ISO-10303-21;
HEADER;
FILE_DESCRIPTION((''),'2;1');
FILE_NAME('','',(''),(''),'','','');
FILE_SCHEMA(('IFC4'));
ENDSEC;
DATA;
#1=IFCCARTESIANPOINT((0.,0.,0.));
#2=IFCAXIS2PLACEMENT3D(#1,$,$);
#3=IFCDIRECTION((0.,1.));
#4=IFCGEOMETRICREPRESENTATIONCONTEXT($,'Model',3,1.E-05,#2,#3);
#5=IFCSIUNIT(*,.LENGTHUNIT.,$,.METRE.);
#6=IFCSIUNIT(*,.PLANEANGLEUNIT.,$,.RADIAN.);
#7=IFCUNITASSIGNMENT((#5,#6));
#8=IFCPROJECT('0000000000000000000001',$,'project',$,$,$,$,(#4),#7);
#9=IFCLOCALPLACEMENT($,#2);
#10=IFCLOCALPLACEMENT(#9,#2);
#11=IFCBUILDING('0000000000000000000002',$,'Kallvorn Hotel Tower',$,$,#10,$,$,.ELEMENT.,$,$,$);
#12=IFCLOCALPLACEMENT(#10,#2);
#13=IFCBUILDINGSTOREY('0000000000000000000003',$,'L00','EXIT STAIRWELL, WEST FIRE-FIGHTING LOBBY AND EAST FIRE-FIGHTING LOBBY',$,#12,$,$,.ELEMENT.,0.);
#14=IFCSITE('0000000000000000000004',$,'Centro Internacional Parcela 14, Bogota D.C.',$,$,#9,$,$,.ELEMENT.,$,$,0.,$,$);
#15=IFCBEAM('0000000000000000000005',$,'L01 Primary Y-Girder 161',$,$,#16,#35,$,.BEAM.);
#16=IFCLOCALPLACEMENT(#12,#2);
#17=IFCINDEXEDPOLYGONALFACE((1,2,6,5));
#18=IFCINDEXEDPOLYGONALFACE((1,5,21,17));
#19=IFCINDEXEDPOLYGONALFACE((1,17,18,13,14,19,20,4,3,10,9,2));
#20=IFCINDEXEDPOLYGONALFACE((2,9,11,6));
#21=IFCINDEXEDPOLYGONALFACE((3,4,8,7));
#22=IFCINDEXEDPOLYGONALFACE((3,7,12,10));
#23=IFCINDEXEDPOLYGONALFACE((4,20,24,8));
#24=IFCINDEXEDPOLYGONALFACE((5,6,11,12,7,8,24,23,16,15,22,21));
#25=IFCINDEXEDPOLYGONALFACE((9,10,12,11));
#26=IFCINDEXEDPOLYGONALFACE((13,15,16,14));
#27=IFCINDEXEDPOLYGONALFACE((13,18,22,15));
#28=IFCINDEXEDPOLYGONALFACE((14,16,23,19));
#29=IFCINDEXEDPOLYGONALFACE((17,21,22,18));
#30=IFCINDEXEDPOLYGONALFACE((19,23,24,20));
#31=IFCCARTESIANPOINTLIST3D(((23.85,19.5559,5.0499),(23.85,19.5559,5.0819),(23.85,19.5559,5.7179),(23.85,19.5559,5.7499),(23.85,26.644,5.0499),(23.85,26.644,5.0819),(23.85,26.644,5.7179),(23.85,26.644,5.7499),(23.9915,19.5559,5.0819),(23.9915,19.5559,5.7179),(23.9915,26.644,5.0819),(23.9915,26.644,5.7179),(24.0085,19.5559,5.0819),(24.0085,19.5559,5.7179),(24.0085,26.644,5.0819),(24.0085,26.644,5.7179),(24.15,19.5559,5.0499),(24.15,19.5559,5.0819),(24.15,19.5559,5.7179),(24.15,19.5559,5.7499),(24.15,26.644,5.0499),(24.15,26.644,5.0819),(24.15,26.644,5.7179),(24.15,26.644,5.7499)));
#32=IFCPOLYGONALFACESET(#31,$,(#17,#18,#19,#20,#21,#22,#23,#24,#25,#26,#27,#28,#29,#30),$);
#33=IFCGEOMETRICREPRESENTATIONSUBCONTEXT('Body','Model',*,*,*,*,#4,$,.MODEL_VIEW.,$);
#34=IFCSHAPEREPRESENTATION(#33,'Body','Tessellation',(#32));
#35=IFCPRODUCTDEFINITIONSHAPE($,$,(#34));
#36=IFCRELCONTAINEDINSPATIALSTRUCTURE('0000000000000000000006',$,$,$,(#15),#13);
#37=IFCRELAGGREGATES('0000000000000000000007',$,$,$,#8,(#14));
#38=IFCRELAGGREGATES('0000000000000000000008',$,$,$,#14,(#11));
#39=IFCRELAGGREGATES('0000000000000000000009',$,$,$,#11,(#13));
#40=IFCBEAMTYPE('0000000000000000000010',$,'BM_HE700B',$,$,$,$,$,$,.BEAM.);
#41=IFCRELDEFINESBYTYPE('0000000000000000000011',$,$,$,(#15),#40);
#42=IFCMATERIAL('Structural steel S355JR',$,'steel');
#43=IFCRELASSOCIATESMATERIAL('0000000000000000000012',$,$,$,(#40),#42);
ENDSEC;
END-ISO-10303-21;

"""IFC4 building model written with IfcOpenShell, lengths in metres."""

from ifc_helpers import new_model, si_unit, direction, frame, origin, origin_2d, place, context, subcontext, project, spatial, i_section, extrude, material, material_profile, profile_set, type_object, element, save


model = new_model("IFC4")

# Units and contexts
model_context = context("Model", 3, precision=1e-05, world=origin(), true_north=direction((0.0, 1.0)))
body_context = subcontext(model_context, "Body", "Model", "MODEL_VIEW")
ifc_project = project(units=[si_unit("LENGTHUNIT", "METRE"), si_unit("PLANEANGLEUNIT", "RADIAN")], contexts=[model_context])

# Site, building, storey
site_placement = place(None, origin())
site = spatial("IfcSite", under=ifc_project, at=site_placement, Name="Centro Internacional Parcela 14, Bogota D.C.", CompositionType="ELEMENT", RefElevation=0.0)
building_placement = place(site_placement, origin())
building = spatial("IfcBuilding", under=site, at=building_placement, Name="Kallvorn Hotel Tower", CompositionType="ELEMENT")
storey_placement = place(building_placement, origin())
storey = spatial("IfcBuildingStorey", under=building, at=storey_placement, Name="L00", Description="EXIT STAIRWELL, WEST FIRE-FIGHTING LOBBY AND EAST FIRE-FIGHTING LOBBY", CompositionType="ELEMENT", Elevation=0.0)

# Beam
ifc_material_1 = material(Name="Structural steel S355JR", Category="steel")
ifc_material_profile_1 = material_profile(ifc_material_1, i_section(OverallWidth=0.3, OverallDepth=0.7, WebThickness=0.0171, FlangeThickness=0.032, at=origin_2d()), Name="HE 700 B")
ifc_profile_set_1 = profile_set([ifc_material_profile_1], Name="Structural steel S355JR")
beam_type_1 = type_object("IfcBeamType", Name="BM_HE700B", PredefinedType="BEAM", material=ifc_profile_set_1)
beam_1_placement = place(storey_placement, frame((24.0, 19.5559, 5.3999), z_axis=(0.0, 1.0, 0.0), x_axis=(-1.0, 0.0, 0.0)))
element("IfcBeam", 1, at=beam_1_placement, inside=storey, type_object=beam_type_1, Name="L01 Primary Y-Girder 161", PredefinedType="BEAM", context=body_context, shape_type="SweptSolid", body=[
    extrude(i_section(OverallWidth=0.3, OverallDepth=0.7, WebThickness=0.0171, FlangeThickness=0.032, at=origin_2d()), origin(), (0.0, 0.0, 1.0), 7.0881),
])

save(model, "model.ifc")
